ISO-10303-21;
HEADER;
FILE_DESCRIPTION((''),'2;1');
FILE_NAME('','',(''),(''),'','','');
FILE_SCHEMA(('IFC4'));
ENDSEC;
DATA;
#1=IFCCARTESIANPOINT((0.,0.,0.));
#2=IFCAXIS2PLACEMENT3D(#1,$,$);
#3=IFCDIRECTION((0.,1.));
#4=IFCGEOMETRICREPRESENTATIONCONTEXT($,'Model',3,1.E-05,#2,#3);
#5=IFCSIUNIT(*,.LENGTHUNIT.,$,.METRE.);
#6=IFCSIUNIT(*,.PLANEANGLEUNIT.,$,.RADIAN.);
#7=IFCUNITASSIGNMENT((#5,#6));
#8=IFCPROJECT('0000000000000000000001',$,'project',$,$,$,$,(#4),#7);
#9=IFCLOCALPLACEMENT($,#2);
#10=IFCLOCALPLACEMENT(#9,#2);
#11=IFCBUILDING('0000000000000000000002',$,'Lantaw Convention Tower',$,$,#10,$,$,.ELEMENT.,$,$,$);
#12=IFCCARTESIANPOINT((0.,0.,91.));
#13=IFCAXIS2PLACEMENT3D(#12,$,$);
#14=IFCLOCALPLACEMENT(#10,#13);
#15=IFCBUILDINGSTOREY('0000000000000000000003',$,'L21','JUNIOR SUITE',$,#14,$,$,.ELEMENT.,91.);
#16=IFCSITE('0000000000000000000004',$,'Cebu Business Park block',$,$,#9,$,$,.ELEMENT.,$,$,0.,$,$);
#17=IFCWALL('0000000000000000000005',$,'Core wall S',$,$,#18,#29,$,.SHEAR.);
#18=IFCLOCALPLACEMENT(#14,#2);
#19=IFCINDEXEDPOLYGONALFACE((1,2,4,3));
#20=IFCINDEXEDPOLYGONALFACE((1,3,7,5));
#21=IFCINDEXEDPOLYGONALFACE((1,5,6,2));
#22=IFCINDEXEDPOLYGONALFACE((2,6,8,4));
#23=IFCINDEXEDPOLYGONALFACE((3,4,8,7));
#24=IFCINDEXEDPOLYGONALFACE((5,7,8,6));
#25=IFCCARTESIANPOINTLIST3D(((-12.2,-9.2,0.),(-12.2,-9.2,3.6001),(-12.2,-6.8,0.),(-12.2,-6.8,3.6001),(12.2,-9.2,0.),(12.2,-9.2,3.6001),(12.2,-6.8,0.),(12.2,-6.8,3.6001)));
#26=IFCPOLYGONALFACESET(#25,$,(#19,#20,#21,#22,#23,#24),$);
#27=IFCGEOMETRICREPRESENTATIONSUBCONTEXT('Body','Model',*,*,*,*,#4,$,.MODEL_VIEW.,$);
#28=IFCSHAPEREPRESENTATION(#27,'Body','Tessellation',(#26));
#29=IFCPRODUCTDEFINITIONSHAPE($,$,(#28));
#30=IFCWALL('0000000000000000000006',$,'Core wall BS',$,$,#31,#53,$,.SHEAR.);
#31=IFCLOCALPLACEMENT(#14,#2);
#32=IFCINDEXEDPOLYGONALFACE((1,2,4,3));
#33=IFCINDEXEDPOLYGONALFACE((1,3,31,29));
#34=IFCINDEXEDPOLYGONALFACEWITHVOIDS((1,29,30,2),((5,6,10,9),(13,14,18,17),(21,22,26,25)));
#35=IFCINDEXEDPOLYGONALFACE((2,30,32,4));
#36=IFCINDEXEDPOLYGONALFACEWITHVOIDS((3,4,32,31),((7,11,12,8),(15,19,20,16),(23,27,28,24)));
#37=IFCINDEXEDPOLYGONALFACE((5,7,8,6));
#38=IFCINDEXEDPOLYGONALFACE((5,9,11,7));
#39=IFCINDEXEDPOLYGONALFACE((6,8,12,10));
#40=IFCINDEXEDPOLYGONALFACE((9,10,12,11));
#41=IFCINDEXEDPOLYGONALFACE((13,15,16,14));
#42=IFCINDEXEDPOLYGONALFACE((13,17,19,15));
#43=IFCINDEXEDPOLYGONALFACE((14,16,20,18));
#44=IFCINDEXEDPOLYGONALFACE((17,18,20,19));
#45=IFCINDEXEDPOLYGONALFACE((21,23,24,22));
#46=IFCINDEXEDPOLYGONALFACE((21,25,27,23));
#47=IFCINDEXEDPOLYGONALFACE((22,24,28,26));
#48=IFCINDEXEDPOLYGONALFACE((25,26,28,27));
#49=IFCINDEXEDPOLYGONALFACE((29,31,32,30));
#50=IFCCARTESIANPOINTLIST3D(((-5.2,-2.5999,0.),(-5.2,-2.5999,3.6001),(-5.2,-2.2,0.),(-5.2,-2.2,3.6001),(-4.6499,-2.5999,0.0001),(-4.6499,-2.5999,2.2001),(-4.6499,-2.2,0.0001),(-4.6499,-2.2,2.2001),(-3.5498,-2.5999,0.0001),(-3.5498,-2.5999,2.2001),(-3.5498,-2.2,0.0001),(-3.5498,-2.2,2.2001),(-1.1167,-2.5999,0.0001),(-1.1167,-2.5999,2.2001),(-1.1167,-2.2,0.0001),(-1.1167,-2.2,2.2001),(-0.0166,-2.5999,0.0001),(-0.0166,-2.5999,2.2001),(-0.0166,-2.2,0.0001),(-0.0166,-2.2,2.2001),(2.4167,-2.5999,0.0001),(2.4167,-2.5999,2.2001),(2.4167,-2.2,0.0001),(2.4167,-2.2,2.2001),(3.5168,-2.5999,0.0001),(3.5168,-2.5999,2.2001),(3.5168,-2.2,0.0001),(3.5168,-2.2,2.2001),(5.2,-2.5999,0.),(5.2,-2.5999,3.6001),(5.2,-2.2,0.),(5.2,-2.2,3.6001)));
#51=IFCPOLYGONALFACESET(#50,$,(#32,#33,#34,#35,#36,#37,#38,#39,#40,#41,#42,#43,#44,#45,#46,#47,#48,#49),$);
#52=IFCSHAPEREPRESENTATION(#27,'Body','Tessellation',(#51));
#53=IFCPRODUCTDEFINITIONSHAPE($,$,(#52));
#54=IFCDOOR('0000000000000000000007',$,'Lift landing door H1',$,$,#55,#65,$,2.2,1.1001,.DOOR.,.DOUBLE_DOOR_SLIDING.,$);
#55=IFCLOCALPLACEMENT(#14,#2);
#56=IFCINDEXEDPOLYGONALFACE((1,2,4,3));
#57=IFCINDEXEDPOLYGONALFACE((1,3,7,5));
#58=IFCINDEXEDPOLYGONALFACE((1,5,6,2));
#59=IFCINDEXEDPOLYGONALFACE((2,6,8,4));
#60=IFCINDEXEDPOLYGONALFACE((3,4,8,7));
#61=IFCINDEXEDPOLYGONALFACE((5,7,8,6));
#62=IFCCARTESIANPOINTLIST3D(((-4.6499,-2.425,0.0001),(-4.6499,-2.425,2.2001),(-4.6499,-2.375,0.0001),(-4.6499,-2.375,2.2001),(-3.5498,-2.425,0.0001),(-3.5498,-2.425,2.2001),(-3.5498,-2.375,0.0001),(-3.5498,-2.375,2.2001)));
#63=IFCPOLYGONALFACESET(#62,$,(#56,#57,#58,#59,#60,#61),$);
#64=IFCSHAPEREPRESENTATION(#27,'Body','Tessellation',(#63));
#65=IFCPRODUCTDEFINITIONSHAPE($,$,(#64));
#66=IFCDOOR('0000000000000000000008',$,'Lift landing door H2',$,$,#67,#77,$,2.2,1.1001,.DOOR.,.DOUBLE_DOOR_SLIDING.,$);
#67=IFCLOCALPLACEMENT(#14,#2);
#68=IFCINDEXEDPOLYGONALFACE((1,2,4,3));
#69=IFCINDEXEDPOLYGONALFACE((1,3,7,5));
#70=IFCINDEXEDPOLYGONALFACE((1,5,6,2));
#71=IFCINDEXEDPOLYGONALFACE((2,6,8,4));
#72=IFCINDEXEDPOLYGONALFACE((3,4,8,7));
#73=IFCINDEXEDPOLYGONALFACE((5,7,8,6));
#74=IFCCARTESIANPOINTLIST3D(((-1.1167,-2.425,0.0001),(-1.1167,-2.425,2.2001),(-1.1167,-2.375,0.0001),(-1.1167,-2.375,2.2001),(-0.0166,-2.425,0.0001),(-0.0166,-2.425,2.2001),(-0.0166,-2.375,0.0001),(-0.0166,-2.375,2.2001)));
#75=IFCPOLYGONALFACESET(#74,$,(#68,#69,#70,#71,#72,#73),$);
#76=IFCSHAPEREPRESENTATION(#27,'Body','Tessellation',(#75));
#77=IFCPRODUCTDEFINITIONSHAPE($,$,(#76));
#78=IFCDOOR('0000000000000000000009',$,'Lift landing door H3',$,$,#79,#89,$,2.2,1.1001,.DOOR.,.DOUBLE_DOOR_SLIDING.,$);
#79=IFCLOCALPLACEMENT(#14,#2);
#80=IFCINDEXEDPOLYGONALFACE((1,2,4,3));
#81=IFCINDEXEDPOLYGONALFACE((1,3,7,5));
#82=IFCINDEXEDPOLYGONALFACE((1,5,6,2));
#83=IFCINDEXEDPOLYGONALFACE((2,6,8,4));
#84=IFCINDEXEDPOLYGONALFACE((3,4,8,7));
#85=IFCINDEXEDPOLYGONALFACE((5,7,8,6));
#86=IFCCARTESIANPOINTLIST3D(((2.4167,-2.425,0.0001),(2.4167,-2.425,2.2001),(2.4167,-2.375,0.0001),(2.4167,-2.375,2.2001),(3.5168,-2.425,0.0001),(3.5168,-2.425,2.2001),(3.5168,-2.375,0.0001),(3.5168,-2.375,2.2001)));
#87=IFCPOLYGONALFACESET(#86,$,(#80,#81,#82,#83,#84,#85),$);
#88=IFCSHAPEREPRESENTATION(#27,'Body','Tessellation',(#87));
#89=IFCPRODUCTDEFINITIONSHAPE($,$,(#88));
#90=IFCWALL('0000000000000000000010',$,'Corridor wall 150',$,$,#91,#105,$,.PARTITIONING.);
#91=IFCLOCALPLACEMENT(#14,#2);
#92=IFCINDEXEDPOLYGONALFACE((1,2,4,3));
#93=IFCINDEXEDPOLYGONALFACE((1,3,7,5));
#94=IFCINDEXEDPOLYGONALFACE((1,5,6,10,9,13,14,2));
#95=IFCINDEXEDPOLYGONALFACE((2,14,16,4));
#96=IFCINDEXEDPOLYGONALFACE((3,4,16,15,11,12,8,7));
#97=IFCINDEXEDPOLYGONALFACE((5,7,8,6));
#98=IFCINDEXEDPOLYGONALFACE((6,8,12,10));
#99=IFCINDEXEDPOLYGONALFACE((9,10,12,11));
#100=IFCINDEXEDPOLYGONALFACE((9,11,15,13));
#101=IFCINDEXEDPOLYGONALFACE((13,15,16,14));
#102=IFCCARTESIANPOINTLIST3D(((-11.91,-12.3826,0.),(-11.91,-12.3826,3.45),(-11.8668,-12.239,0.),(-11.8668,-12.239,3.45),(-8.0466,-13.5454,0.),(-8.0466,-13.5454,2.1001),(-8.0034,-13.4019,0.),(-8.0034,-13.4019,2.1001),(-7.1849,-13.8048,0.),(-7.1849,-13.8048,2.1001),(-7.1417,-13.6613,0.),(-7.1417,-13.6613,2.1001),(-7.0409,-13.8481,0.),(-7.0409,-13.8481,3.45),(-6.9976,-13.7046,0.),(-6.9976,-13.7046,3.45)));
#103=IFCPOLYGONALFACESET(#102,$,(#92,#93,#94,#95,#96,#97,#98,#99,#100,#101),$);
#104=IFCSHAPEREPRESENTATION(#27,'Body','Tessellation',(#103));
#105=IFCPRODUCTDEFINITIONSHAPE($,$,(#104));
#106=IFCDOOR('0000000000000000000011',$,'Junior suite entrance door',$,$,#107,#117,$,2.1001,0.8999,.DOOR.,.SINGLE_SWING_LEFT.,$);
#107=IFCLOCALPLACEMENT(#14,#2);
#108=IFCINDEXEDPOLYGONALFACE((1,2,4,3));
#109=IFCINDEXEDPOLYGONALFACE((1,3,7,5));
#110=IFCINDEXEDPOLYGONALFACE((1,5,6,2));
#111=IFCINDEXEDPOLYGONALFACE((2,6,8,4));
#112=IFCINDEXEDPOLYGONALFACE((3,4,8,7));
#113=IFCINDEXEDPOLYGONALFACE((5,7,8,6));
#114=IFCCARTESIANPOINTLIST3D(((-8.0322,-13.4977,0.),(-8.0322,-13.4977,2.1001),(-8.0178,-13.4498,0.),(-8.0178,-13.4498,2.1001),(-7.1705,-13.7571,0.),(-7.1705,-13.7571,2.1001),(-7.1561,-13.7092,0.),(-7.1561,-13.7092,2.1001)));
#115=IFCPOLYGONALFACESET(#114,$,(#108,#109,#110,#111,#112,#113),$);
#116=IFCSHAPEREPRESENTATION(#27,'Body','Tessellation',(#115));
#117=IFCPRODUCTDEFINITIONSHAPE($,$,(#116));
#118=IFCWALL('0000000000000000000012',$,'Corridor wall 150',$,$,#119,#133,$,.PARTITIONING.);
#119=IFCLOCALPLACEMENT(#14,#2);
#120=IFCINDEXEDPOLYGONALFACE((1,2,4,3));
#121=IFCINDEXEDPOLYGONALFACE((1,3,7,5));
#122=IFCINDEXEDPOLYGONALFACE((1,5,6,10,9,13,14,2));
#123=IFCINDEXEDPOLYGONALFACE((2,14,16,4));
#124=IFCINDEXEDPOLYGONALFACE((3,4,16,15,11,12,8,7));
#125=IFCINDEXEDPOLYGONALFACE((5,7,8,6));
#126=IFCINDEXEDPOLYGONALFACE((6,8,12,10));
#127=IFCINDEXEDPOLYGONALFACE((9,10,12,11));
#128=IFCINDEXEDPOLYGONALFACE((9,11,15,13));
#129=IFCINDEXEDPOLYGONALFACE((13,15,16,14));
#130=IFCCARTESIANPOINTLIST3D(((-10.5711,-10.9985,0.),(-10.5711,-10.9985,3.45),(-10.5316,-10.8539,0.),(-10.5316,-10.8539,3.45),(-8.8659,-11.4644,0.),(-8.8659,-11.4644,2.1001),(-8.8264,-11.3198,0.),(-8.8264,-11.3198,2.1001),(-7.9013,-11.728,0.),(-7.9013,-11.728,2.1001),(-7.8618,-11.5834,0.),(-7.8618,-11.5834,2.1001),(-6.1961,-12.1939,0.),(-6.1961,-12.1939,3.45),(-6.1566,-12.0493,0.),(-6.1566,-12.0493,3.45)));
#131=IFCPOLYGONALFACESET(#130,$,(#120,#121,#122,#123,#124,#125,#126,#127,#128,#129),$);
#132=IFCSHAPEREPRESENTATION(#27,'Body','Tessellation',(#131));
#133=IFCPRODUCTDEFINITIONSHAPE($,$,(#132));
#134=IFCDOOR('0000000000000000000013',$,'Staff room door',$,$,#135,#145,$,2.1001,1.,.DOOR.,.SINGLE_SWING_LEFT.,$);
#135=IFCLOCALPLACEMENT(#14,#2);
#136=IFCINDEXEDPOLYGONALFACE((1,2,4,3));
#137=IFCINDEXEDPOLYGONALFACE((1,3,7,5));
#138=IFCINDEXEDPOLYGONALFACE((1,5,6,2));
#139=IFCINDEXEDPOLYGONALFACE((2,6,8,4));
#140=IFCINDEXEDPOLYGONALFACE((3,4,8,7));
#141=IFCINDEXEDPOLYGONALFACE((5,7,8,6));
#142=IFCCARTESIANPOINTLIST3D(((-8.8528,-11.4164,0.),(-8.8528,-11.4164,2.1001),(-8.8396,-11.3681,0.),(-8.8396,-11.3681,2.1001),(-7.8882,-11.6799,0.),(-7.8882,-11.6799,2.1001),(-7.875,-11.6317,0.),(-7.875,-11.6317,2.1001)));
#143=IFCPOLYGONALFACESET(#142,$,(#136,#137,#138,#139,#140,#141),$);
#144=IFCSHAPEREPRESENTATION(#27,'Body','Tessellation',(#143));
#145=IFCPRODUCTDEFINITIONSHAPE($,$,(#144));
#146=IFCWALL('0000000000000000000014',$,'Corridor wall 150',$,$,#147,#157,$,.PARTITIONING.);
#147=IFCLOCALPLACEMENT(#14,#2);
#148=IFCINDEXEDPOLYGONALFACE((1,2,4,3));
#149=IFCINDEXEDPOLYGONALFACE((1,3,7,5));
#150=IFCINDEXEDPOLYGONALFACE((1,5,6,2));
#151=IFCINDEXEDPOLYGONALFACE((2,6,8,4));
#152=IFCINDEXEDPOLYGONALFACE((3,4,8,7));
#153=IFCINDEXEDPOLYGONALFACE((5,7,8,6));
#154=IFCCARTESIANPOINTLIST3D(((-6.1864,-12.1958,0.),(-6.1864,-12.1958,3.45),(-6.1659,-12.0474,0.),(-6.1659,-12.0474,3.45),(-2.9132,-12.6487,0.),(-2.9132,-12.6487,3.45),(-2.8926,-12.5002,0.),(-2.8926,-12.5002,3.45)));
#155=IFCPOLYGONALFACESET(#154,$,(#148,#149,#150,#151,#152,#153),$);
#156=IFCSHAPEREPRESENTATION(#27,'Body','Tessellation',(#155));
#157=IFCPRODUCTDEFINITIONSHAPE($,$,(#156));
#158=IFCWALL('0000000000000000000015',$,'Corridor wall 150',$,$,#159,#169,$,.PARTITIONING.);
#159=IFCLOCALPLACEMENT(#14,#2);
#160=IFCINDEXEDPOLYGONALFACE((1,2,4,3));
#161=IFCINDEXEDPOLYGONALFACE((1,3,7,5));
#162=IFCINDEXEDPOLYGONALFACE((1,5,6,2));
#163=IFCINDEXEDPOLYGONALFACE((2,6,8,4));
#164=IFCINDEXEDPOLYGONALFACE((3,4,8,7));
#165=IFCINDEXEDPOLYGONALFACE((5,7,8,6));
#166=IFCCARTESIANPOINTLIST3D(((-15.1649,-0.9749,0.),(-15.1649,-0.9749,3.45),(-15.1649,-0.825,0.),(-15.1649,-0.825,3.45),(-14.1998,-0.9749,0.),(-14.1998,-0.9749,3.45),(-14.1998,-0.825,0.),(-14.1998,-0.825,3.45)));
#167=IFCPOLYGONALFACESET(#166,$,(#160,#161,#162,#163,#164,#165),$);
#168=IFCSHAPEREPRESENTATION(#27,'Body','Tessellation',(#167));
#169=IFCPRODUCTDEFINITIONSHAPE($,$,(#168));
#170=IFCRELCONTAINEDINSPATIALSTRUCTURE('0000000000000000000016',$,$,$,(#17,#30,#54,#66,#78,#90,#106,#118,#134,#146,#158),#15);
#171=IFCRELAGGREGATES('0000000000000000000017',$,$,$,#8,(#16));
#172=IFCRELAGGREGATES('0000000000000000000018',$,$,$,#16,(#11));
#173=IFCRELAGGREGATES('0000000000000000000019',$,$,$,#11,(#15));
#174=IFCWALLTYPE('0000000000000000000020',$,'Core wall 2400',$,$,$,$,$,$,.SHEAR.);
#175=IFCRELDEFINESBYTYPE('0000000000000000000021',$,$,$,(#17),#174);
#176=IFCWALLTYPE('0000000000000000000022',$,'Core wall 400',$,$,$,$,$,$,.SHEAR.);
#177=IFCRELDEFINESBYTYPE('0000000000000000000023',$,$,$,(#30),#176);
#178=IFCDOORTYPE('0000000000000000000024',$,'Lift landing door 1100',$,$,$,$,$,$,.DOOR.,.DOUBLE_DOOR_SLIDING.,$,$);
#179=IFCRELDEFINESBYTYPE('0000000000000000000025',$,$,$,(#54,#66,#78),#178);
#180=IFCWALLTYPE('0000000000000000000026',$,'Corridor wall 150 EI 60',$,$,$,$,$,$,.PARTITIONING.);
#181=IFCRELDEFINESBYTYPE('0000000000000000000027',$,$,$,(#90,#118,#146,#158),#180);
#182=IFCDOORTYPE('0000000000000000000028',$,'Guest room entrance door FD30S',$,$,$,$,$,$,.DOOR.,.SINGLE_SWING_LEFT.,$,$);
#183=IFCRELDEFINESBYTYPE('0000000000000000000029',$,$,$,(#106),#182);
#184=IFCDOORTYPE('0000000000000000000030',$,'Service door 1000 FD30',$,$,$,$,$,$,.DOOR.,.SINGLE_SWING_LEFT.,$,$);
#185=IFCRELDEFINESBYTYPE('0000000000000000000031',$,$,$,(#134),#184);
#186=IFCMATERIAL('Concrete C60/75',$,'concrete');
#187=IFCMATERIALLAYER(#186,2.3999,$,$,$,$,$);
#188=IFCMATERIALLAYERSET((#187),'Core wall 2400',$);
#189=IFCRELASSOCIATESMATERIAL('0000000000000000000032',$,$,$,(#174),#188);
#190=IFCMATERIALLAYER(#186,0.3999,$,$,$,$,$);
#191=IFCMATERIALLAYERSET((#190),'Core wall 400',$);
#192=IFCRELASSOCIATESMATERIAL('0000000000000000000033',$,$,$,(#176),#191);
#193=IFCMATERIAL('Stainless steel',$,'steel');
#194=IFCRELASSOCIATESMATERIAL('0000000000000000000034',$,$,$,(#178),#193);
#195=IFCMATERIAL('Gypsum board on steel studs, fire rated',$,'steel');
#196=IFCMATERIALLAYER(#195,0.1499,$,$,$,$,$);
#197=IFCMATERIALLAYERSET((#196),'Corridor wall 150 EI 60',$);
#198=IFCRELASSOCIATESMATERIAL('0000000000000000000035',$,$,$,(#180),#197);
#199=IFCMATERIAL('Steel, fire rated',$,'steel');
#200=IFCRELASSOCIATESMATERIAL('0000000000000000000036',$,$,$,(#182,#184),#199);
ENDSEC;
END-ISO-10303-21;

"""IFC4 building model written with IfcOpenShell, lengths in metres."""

from ifc_helpers import new_model, si_unit, direction, frame, frame_2d, origin, place, context, subcontext, project, spatial, rectangle, extrude, material, layer, layer_set, type_object, element, fill, save


model = new_model("IFC4")

# Units and contexts
model_context = context("Model", 3, precision=1e-05, world=origin(), true_north=direction((0.0, 1.0)))
body_context = subcontext(model_context, "Body", "Model", "MODEL_VIEW")
ifc_project = project(units=[si_unit("LENGTHUNIT", "METRE"), si_unit("PLANEANGLEUNIT", "RADIAN")], contexts=[model_context])

# Site, building, storey
site_placement = place(None, origin())
site = spatial("IfcSite", under=ifc_project, at=site_placement, Name="Cebu Business Park block", CompositionType="ELEMENT", RefElevation=0.0)
building_placement = place(site_placement, origin())
building = spatial("IfcBuilding", under=site, at=building_placement, Name="Lantaw Convention Tower", CompositionType="ELEMENT")
storey_placement = place(building_placement, frame((0.0, 0.0, 91.0)))
storey = spatial("IfcBuildingStorey", under=building, at=storey_placement, Name="L21", Description="JUNIOR SUITE", CompositionType="ELEMENT", Elevation=91.0)

# Shared definitions
ifc_material_1 = material(Name="Concrete C60/75", Category="concrete")
ifc_material_2 = material(Name="Steel, fire rated", Category="steel")

# Wall
ifc_layer_1 = layer(ifc_material_1, 2.3999)
ifc_layer_set_1 = layer_set([ifc_layer_1], Name="Core wall 2400")
wall_type_1 = type_object("IfcWallType", Name="Core wall 2400", PredefinedType="SHEAR", material=ifc_layer_set_1)
wall_1_placement = place(storey_placement, frame((-12.2, -8.0, 0.0), z_axis=(0.0, 0.0, 1.0), x_axis=(1.0, 0.0, 0.0)))
element("IfcWall", 1, at=wall_1_placement, inside=storey, type_object=wall_type_1, Name="Core wall S", PredefinedType="SHEAR", context=body_context, shape_type="SweptSolid", body=[
    extrude(rectangle(XDim=24.3999, YDim=2.3999, at=frame_2d((12.2, 0.0))), origin(), (0.0, 0.0, 1.0), 3.6001),
])

# Wall, openings, doors
ifc_layer_2 = layer(ifc_material_1, 0.3999)
ifc_layer_set_2 = layer_set([ifc_layer_2], Name="Core wall 400")
wall_type_2 = type_object("IfcWallType", Name="Core wall 400", PredefinedType="SHEAR", material=ifc_layer_set_2)
wall_2_placement = place(storey_placement, frame((-5.2, -2.3999, 0.0), z_axis=(0.0, 0.0, 1.0), x_axis=(1.0, 0.0, 0.0)))
wall_2 = element("IfcWall", 2, at=wall_2_placement, inside=storey, type_object=wall_type_2, Name="Core wall BS", PredefinedType="SHEAR", context=body_context, shape_type="SweptSolid", body=[
    extrude(rectangle(XDim=10.3999, YDim=0.3999, at=frame_2d((5.2, 0.0))), origin(), (0.0, 0.0, 1.0), 3.6001),
])
opening_1_placement = place(wall_2_placement, frame((0.55, 0.0, 0.0)))
opening_1 = element("IfcOpeningElement", 3, at=opening_1_placement, cuts=wall_2, PredefinedType="OPENING", context=body_context, shape_type="SweptSolid", body=[
    extrude(rectangle(XDim=1.1001, YDim=2.2, at=frame_2d((0.55, 1.1001))), frame((0.0, 0.21, 0.0), z_axis=(0.0, -1.0, 0.0), x_axis=(1.0, 0.0, 0.0)), (0.0, 0.0, 1.0), 0.4199),
])
opening_2_placement = place(wall_2_placement, frame((4.0833, 0.0, 0.0)))
opening_2 = element("IfcOpeningElement", 4, at=opening_2_placement, cuts=wall_2, PredefinedType="OPENING", context=body_context, shape_type="SweptSolid", body=[
    extrude(rectangle(XDim=1.1001, YDim=2.2, at=frame_2d((0.55, 1.1001))), frame((0.0, 0.21, 0.0), z_axis=(0.0, -1.0, 0.0), x_axis=(1.0, 0.0, 0.0)), (0.0, 0.0, 1.0), 0.4199),
])
opening_3_placement = place(wall_2_placement, frame((7.6167, 0.0, 0.0)))
opening_3 = element("IfcOpeningElement", 5, at=opening_3_placement, cuts=wall_2, PredefinedType="OPENING", context=body_context, shape_type="SweptSolid", body=[
    extrude(rectangle(XDim=1.1001, YDim=2.2, at=frame_2d((0.55, 1.1001))), frame((0.0, 0.21, 0.0), z_axis=(0.0, -1.0, 0.0), x_axis=(1.0, 0.0, 0.0)), (0.0, 0.0, 1.0), 0.4199),
])
ifc_material_3 = material(Name="Stainless steel", Category="steel")
door_type_1 = type_object("IfcDoorType", Name="Lift landing door 1100", OperationType="DOUBLE_DOOR_SLIDING", PredefinedType="DOOR", material=ifc_material_3)
door_1_placement = place(opening_1_placement, origin())
door_1 = element("IfcDoor", 6, at=door_1_placement, inside=storey, type_object=door_type_1, Name="Lift landing door H1", OperationType="DOUBLE_DOOR_SLIDING", OverallHeight=2.2, OverallWidth=1.1001, PredefinedType="DOOR", context=body_context, shape_type="SweptSolid", body=[
    extrude(rectangle(XDim=1.1001, YDim=2.2, at=frame_2d((0.55, 1.1001))), frame((0.0, 0.0249, 0.0), z_axis=(0.0, -1.0, 0.0), x_axis=(1.0, 0.0, 0.0)), (0.0, 0.0, 1.0), 0.05),
])
fill(opening_1, door_1)
door_2_placement = place(opening_2_placement, origin())
door_2 = element("IfcDoor", 7, at=door_2_placement, inside=storey, type_object=door_type_1, Name="Lift landing door H2", OperationType="DOUBLE_DOOR_SLIDING", OverallHeight=2.2, OverallWidth=1.1001, PredefinedType="DOOR", context=body_context, shape_type="SweptSolid", body=[
    extrude(rectangle(XDim=1.1001, YDim=2.2, at=frame_2d((0.55, 1.1001))), frame((0.0, 0.0249, 0.0), z_axis=(0.0, -1.0, 0.0), x_axis=(1.0, 0.0, 0.0)), (0.0, 0.0, 1.0), 0.05),
])
fill(opening_2, door_2)
door_3_placement = place(opening_3_placement, origin())
door_3 = element("IfcDoor", 8, at=door_3_placement, inside=storey, type_object=door_type_1, Name="Lift landing door H3", OperationType="DOUBLE_DOOR_SLIDING", OverallHeight=2.2, OverallWidth=1.1001, PredefinedType="DOOR", context=body_context, shape_type="SweptSolid", body=[
    extrude(rectangle(XDim=1.1001, YDim=2.2, at=frame_2d((0.55, 1.1001))), frame((0.0, 0.0249, 0.0), z_axis=(0.0, -1.0, 0.0), x_axis=(1.0, 0.0, 0.0)), (0.0, 0.0, 1.0), 0.05),
])
fill(opening_3, door_3)

# Walls, openings, doors
ifc_material_4 = material(Name="Gypsum board on steel studs, fire rated", Category="steel")
ifc_layer_3 = layer(ifc_material_4, 0.1499)
ifc_layer_set_3 = layer_set([ifc_layer_3], Name="Corridor wall 150 EI 60")
wall_type_3 = type_object("IfcWallType", Name="Corridor wall 150 EI 60", PredefinedType="PARTITIONING", material=ifc_layer_set_3)
wall_3_placement = place(storey_placement, frame((-11.8884, -12.3108, 0.0), z_axis=(0.0, 0.0, 1.0), x_axis=(0.957564, -0.28822, 0.0)))
wall_3 = element("IfcWall", 9, at=wall_3_placement, inside=storey, type_object=wall_type_3, Name="Corridor wall 150", PredefinedType="PARTITIONING", context=body_context, shape_type="SweptSolid", body=[
    extrude(rectangle(XDim=5.085, YDim=0.1499, at=frame_2d((2.5425, 0.0))), origin(), (0.0, 0.0, 1.0), 3.45),
])
opening_4_placement = place(wall_3_placement, frame((4.0347, 0.0, 0.0)))
opening_4 = element("IfcOpeningElement", 10, at=opening_4_placement, cuts=wall_3, PredefinedType="OPENING", context=body_context, shape_type="SweptSolid", body=[
    extrude(rectangle(XDim=0.8999, YDim=2.1001, at=frame_2d((0.45, 1.05))), frame((0.0, 0.085, 0.0), z_axis=(0.0, -1.0, 0.0), x_axis=(1.0, 0.0, 0.0)), (0.0, 0.0, 1.0), 0.1699),
])
door_type_2 = type_object("IfcDoorType", Name="Guest room entrance door FD30S", OperationType="SINGLE_SWING_LEFT", PredefinedType="DOOR", material=ifc_material_2)
door_4_placement = place(opening_4_placement, origin())
door_4 = element("IfcDoor", 11, at=door_4_placement, inside=storey, type_object=door_type_2, Name="Junior suite entrance door", OperationType="SINGLE_SWING_LEFT", OverallHeight=2.1001, OverallWidth=0.8999, PredefinedType="DOOR", context=body_context, shape_type="SweptSolid", body=[
    extrude(rectangle(XDim=0.8999, YDim=2.1001, at=frame_2d((0.45, 1.05))), frame((0.0, 0.0249, 0.0), z_axis=(0.0, -1.0, 0.0), x_axis=(1.0, 0.0, 0.0)), (0.0, 0.0, 1.0), 0.05),
])
fill(opening_4, door_4)
wall_4_placement = place(storey_placement, frame((-10.5513, -10.9263, 0.0), z_axis=(0.0, 0.0, 1.0), x_axis=(0.964644, -0.263555, 0.0)))
wall_4 = element("IfcWall", 12, at=wall_4_placement, inside=storey, type_object=wall_type_3, Name="Corridor wall 150", PredefinedType="PARTITIONING", context=body_context, shape_type="SweptSolid", body=[
    extrude(rectangle(XDim=4.5354, YDim=0.1499, at=frame_2d((2.2676, 0.0))), origin(), (0.0, 0.0, 1.0), 3.45),
])
opening_5_placement = place(wall_4_placement, frame((1.7676, 0.0, 0.0)))
opening_5 = element("IfcOpeningElement", 13, at=opening_5_placement, cuts=wall_4, PredefinedType="OPENING", context=body_context, shape_type="SweptSolid", body=[
    extrude(rectangle(XDim=1.0, YDim=2.1001, at=frame_2d((0.5, 1.05))), frame((0.0, 0.085, 0.0), z_axis=(0.0, -1.0, 0.0), x_axis=(1.0, 0.0, 0.0)), (0.0, 0.0, 1.0), 0.1699),
])
door_type_3 = type_object("IfcDoorType", Name="Service door 1000 FD30", OperationType="SINGLE_SWING_LEFT", PredefinedType="DOOR", material=ifc_material_2)
door_5_placement = place(opening_5_placement, origin())
door_5 = element("IfcDoor", 14, at=door_5_placement, inside=storey, type_object=door_type_3, Name="Staff room door", OperationType="SINGLE_SWING_LEFT", OverallHeight=2.1001, OverallWidth=1.0, PredefinedType="DOOR", context=body_context, shape_type="SweptSolid", body=[
    extrude(rectangle(XDim=1.0, YDim=2.1001, at=frame_2d((0.5, 1.05))), frame((0.0, 0.0249, 0.0), z_axis=(0.0, -1.0, 0.0), x_axis=(1.0, 0.0, 0.0)), (0.0, 0.0, 1.0), 0.05),
])
fill(opening_5, door_5)

# Walls
wall_5_placement = place(storey_placement, frame((-6.1763, -12.1216, 0.0), z_axis=(0.0, 0.0, 1.0), x_axis=(0.990563, -0.137055, 0.0)))
element("IfcWall", 15, at=wall_5_placement, inside=storey, type_object=wall_type_3, Name="Corridor wall 150", PredefinedType="PARTITIONING", context=body_context, shape_type="SweptSolid", body=[
    extrude(rectangle(XDim=3.3044, YDim=0.1499, at=frame_2d((1.6523, 0.0))), origin(), (0.0, 0.0, 1.0), 3.45),
])
wall_6_placement = place(storey_placement, frame((-14.2, -0.8999, 0.0), z_axis=(0.0, 0.0, 1.0), x_axis=(-1.0, 0.0, 0.0)))
element("IfcWall", 16, at=wall_6_placement, inside=storey, type_object=wall_type_3, Name="Corridor wall 150", PredefinedType="PARTITIONING", context=body_context, shape_type="SweptSolid", body=[
    extrude(rectangle(XDim=0.9651, YDim=0.1499, at=frame_2d((0.4824, 0.0))), origin(), (0.0, 0.0, 1.0), 3.45),
])

save(model, "model.ifc")
